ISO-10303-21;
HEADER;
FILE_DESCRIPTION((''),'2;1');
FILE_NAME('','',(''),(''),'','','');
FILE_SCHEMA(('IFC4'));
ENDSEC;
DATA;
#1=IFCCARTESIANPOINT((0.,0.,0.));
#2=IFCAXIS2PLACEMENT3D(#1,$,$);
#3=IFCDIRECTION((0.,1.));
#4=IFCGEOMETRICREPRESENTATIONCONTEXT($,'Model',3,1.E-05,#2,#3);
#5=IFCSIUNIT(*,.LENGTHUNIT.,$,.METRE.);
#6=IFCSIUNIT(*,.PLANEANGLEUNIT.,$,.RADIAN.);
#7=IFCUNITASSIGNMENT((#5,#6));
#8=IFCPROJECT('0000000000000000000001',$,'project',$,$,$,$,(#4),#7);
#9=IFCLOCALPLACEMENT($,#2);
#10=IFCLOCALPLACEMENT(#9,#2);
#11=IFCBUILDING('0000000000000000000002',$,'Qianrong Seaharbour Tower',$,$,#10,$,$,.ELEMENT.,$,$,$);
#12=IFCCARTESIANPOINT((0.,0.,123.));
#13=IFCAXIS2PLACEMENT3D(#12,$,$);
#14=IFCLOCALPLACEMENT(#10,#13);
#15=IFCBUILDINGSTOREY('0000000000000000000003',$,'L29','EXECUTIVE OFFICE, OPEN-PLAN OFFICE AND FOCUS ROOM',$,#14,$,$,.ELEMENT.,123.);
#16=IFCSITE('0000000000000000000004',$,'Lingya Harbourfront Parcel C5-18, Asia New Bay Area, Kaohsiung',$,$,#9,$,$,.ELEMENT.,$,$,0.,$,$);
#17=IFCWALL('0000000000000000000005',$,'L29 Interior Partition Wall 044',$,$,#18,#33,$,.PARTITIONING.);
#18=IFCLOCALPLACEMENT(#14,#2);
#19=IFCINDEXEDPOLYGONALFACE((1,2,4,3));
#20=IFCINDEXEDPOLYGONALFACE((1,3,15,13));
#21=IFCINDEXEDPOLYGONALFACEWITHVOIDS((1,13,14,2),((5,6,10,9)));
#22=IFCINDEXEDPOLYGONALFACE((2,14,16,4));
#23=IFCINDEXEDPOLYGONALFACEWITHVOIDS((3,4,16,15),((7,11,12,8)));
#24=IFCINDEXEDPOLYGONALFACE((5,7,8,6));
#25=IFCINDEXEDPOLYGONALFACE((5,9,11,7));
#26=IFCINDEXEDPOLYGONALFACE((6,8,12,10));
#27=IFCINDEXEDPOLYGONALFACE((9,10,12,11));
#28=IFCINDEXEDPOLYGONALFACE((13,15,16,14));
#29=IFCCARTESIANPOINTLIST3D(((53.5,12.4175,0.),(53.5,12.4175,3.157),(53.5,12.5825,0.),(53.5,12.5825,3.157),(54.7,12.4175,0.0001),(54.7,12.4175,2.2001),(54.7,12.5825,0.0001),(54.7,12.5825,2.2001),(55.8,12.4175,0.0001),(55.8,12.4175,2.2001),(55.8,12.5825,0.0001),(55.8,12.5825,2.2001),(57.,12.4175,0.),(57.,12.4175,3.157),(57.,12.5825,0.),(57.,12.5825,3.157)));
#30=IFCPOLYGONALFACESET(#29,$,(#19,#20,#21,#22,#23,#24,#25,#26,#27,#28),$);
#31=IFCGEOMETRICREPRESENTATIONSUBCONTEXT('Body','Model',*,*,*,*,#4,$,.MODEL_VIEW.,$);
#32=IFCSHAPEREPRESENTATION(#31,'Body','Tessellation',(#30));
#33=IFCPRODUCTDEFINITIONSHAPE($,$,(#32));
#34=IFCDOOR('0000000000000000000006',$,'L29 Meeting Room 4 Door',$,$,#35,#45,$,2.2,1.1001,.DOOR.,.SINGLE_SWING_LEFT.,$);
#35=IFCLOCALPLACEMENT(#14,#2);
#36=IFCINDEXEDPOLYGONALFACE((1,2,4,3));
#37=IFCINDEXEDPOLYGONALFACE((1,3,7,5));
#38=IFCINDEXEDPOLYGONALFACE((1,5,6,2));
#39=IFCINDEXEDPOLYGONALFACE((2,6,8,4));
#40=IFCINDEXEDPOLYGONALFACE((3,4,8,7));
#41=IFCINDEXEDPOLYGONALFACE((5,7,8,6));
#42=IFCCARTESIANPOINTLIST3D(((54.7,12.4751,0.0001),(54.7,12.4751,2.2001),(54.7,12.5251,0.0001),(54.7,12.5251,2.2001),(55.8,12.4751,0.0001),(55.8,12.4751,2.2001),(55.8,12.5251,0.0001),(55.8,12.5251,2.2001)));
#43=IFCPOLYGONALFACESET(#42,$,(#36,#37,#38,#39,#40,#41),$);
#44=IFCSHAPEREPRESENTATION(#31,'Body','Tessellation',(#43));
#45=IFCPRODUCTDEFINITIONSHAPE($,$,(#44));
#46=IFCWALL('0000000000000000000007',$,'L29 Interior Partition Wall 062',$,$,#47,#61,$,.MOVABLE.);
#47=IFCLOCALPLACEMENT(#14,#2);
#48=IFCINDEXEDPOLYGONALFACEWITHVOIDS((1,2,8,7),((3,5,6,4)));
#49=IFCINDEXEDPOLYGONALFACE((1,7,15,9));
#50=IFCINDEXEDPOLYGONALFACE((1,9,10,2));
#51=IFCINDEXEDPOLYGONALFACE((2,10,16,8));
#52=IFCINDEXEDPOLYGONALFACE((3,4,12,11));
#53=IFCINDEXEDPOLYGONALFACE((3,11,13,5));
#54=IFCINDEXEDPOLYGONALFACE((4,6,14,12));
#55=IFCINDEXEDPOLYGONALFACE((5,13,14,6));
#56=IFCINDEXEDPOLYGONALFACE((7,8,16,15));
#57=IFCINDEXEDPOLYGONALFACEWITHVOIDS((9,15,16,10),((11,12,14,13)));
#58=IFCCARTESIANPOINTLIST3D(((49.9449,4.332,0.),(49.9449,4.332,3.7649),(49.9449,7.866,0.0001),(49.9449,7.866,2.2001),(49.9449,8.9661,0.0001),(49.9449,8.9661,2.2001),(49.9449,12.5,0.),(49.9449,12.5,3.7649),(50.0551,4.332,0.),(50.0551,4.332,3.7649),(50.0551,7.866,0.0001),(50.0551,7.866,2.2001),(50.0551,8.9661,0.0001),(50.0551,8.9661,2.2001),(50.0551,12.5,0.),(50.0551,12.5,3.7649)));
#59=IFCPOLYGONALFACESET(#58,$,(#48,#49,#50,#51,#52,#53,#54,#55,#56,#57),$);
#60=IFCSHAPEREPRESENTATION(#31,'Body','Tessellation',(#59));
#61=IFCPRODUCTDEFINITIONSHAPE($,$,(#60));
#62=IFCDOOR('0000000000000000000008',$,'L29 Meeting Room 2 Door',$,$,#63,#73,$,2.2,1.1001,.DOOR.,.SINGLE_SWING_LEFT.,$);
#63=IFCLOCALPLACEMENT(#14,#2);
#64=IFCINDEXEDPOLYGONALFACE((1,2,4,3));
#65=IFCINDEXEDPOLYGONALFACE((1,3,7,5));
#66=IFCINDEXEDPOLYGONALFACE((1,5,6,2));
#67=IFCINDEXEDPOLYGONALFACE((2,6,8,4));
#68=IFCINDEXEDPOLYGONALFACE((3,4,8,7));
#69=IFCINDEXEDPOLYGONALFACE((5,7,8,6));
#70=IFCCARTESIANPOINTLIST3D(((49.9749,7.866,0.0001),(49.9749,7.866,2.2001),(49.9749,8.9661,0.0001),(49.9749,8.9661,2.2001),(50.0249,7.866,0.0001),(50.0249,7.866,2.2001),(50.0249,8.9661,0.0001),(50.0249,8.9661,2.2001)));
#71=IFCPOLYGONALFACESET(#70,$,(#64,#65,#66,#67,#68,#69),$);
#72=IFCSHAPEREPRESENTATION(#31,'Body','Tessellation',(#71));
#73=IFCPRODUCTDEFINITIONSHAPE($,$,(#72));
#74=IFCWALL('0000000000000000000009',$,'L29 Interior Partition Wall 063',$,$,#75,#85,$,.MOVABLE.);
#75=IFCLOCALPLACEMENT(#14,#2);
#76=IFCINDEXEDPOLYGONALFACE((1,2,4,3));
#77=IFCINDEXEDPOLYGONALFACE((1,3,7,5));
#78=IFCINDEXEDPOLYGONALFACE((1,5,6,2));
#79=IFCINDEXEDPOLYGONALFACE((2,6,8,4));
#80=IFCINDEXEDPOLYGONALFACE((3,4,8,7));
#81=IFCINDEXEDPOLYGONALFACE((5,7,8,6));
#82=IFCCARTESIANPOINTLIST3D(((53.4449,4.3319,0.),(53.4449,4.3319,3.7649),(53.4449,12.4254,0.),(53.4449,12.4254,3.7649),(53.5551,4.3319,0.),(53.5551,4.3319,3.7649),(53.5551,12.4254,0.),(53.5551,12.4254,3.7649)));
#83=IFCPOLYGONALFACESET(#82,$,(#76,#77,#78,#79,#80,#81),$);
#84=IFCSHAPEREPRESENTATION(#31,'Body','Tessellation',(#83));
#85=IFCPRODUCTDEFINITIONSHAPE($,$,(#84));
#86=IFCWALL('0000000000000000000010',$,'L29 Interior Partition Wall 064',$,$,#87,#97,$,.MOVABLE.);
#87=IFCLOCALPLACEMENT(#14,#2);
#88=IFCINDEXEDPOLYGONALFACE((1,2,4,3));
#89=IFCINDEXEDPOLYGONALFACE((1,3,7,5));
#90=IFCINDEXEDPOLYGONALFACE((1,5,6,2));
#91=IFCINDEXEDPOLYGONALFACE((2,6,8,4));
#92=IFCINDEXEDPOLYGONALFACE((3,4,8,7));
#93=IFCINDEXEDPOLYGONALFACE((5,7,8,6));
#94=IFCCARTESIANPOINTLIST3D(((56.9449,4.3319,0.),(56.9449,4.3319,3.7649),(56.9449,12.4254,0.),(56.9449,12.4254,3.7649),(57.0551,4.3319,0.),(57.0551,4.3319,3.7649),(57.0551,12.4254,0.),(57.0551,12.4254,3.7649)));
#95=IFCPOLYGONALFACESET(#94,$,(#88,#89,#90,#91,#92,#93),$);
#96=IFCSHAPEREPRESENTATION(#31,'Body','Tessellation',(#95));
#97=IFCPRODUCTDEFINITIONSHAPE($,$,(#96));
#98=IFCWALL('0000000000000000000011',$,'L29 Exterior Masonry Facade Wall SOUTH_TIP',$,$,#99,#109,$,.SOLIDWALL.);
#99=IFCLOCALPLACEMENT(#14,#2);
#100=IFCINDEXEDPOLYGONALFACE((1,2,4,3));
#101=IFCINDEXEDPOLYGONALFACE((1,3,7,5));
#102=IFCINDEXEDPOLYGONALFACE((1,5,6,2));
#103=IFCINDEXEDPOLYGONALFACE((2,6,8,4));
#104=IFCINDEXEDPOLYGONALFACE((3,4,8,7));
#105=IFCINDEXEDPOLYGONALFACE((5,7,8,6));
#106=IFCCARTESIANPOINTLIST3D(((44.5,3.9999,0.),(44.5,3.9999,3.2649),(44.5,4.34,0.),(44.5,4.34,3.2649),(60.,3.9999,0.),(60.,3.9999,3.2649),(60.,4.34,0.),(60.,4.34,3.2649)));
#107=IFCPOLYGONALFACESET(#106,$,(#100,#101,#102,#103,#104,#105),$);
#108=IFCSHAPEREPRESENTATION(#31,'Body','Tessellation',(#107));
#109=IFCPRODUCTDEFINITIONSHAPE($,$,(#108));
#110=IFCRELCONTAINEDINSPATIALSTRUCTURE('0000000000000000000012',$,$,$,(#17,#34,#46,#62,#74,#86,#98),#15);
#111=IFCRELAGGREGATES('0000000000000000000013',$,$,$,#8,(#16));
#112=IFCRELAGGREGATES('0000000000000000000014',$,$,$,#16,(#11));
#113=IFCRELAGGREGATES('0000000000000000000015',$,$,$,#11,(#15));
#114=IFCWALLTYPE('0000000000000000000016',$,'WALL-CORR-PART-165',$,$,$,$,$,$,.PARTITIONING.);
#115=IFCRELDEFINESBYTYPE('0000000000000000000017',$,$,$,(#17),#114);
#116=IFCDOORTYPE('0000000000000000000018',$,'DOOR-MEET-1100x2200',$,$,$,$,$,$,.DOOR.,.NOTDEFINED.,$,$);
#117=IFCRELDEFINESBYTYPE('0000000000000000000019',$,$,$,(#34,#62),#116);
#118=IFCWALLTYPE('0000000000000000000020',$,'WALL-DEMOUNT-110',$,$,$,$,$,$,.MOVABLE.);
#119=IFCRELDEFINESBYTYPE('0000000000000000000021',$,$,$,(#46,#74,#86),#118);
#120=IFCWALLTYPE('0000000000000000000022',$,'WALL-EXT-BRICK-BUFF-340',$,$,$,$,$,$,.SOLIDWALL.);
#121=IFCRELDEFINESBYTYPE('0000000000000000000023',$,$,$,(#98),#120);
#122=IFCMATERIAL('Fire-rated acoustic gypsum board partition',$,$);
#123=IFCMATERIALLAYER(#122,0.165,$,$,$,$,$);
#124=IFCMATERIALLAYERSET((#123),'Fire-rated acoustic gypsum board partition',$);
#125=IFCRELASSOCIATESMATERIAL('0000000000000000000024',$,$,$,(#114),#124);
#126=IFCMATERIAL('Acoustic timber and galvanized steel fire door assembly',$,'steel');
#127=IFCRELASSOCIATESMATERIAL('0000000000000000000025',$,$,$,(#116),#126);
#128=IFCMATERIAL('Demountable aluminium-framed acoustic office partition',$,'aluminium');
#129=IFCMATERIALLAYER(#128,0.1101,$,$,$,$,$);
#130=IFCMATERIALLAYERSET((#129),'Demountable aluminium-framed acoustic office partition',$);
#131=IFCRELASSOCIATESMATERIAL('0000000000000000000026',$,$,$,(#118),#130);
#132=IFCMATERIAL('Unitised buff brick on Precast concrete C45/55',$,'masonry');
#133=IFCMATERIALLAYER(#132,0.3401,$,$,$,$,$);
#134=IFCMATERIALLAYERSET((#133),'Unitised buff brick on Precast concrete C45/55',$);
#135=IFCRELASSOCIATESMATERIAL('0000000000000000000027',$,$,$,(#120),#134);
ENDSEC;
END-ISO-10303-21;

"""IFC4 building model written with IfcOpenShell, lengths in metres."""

from ifc_helpers import new_model, si_unit, direction, frame, frame_2d, origin, place, context, subcontext, project, spatial, rectangle, extrude, material, layer, layer_set, type_object, element, fill, save


model = new_model("IFC4")

# Units and contexts
model_context = context("Model", 3, precision=1e-05, world=origin(), true_north=direction((0.0, 1.0)))
body_context = subcontext(model_context, "Body", "Model", "MODEL_VIEW")
ifc_project = project(units=[si_unit("LENGTHUNIT", "METRE"), si_unit("PLANEANGLEUNIT", "RADIAN")], contexts=[model_context])

# Site, building, storey
site_placement = place(None, origin())
site = spatial("IfcSite", under=ifc_project, at=site_placement, Name="Lingya Harbourfront Parcel C5-18, Asia New Bay Area, Kaohsiung", CompositionType="ELEMENT", RefElevation=0.0)
building_placement = place(site_placement, origin())
building = spatial("IfcBuilding", under=site, at=building_placement, Name="Qianrong Seaharbour Tower", CompositionType="ELEMENT")
storey_placement = place(building_placement, frame((0.0, 0.0, 123.0)))
storey = spatial("IfcBuildingStorey", under=building, at=storey_placement, Name="L29", Description="EXECUTIVE OFFICE, OPEN-PLAN OFFICE AND FOCUS ROOM", CompositionType="ELEMENT", Elevation=123.0)

# Walls, openings, doors
ifc_material_1 = material(Name="Fire-rated acoustic gypsum board partition")
ifc_layer_1 = layer(ifc_material_1, 0.165)
ifc_layer_set_1 = layer_set([ifc_layer_1], Name="Fire-rated acoustic gypsum board partition")
wall_type_1 = type_object("IfcWallType", Name="WALL-CORR-PART-165", PredefinedType="PARTITIONING", material=ifc_layer_set_1)
ifc_material_2 = material(Name="Acoustic timber and galvanized steel fire door assembly", Category="steel")
wall_1_placement = place(storey_placement, frame((57.0, 12.5, 0.0), z_axis=(0.0, 0.0, 1.0), x_axis=(-1.0, 0.0, 0.0)))
wall_1 = element("IfcWall", 1, at=wall_1_placement, inside=storey, type_object=wall_type_1, Name="L29 Interior Partition Wall 044", PredefinedType="PARTITIONING", context=body_context, shape_type="SweptSolid", body=[
    extrude(rectangle(XDim=3.5, YDim=0.165, at=frame_2d((1.75, 0.0))), origin(), (0.0, 0.0, 1.0), 3.157),
])
opening_1_placement = place(wall_1_placement, frame((1.2, 0.0, 0.0)))
opening_1 = element("IfcOpeningElement", 2, at=opening_1_placement, cuts=wall_1, PredefinedType="OPENING", context=body_context, shape_type="SweptSolid", body=[
    extrude(rectangle(XDim=1.1001, YDim=2.2, at=frame_2d((0.55, 1.1001))), frame((0.0, 0.0925, 0.0), z_axis=(0.0, -1.0, 0.0), x_axis=(1.0, 0.0, 0.0)), (0.0, 0.0, 1.0), 0.1851),
])
door_type_1 = type_object("IfcDoorType", Name="DOOR-MEET-1100x2200", OperationType="NOTDEFINED", PredefinedType="DOOR", material=ifc_material_2)
door_1_placement = place(opening_1_placement, origin())
door_1 = element("IfcDoor", 3, at=door_1_placement, inside=storey, type_object=door_type_1, Name="L29 Meeting Room 4 Door", OperationType="SINGLE_SWING_LEFT", OverallHeight=2.2, OverallWidth=1.1001, PredefinedType="DOOR", context=body_context, shape_type="SweptSolid", body=[
    extrude(rectangle(XDim=1.1001, YDim=2.2, at=frame_2d((0.55, 1.1001))), frame((0.0, 0.0249, 0.0), z_axis=(0.0, -1.0, 0.0), x_axis=(1.0, 0.0, 0.0)), (0.0, 0.0, 1.0), 0.05),
])
fill(opening_1, door_1)
ifc_material_3 = material(Name="Demountable aluminium-framed acoustic office partition", Category="aluminium")
ifc_layer_2 = layer(ifc_material_3, 0.1101)
ifc_layer_set_2 = layer_set([ifc_layer_2], Name="Demountable aluminium-framed acoustic office partition")
wall_type_2 = type_object("IfcWallType", Name="WALL-DEMOUNT-110", PredefinedType="MOVABLE", material=ifc_layer_set_2)
wall_2_placement = place(storey_placement, frame((50.0, 12.5, 0.0), z_axis=(0.0, 0.0, 1.0), x_axis=(0.0, -1.0, 0.0)))
wall_2 = element("IfcWall", 4, at=wall_2_placement, inside=storey, type_object=wall_type_2, Name="L29 Interior Partition Wall 062", PredefinedType="MOVABLE", context=body_context, shape_type="SweptSolid", body=[
    extrude(rectangle(XDim=8.168, YDim=0.1101, at=frame_2d((4.084, 0.0))), origin(), (0.0, 0.0, 1.0), 3.7649),
])
opening_2_placement = place(wall_2_placement, frame((3.5339, 0.0, 0.0)))
opening_2 = element("IfcOpeningElement", 5, at=opening_2_placement, cuts=wall_2, PredefinedType="OPENING", context=body_context, shape_type="SweptSolid", body=[
    extrude(rectangle(XDim=1.1001, YDim=2.2, at=frame_2d((0.55, 1.1001))), frame((0.0, 0.0649, 0.0), z_axis=(0.0, -1.0, 0.0), x_axis=(1.0, 0.0, 0.0)), (0.0, 0.0, 1.0), 0.1301),
])
door_2_placement = place(opening_2_placement, origin())
door_2 = element("IfcDoor", 6, at=door_2_placement, inside=storey, type_object=door_type_1, Name="L29 Meeting Room 2 Door", OperationType="SINGLE_SWING_LEFT", OverallHeight=2.2, OverallWidth=1.1001, PredefinedType="DOOR", context=body_context, shape_type="SweptSolid", body=[
    extrude(rectangle(XDim=1.1001, YDim=2.2, at=frame_2d((0.55, 1.1001))), frame((0.0, 0.0249, 0.0), z_axis=(0.0, -1.0, 0.0), x_axis=(1.0, 0.0, 0.0)), (0.0, 0.0, 1.0), 0.05),
])
fill(opening_2, door_2)

# Walls
for number, where, z_axis, x_axis, name in (
    (7, (53.5, 12.4255, 0.0), (0.0, 0.0, 1.0), (0.0, -1.0, 0.0), "L29 Interior Partition Wall 063"),
    (8, (57.0, 12.4255, 0.0), (0.0, 0.0, 1.0), (0.0, -1.0, 0.0), "L29 Interior Partition Wall 064"),
):
    element("IfcWall", number, at=place(storey_placement, frame(where, z_axis=z_axis, x_axis=x_axis)), inside=storey, type_object=wall_type_2, Name=name, PredefinedType="MOVABLE", context=body_context, shape_type="SweptSolid", body=[
        extrude(rectangle(XDim=8.0935, YDim=0.1101, at=frame_2d((4.0469, 0.0))), origin(), (0.0, 0.0, 1.0), 3.7649),
    ])
ifc_material_4 = material(Name="Unitised buff brick on Precast concrete C45/55", Category="masonry")
ifc_layer_3 = layer(ifc_material_4, 0.3401)
ifc_layer_set_3 = layer_set([ifc_layer_3], Name="Unitised buff brick on Precast concrete C45/55")
wall_type_3 = type_object("IfcWallType", Name="WALL-EXT-BRICK-BUFF-340", PredefinedType="SOLIDWALL", material=ifc_layer_set_3)
wall_3_placement = place(storey_placement, frame((60.0, 4.1699, 0.0), z_axis=(0.0, 0.0, 1.0), x_axis=(-1.0, 0.0, 0.0)))
element("IfcWall", 9, at=wall_3_placement, inside=storey, type_object=wall_type_3, Name="L29 Exterior Masonry Facade Wall SOUTH_TIP", PredefinedType="SOLIDWALL", context=body_context, shape_type="SweptSolid", body=[
    extrude(rectangle(XDim=15.5, YDim=0.3401, at=frame_2d((7.75, 0.0))), origin(), (0.0, 0.0, 1.0), 3.2649),
])

save(model, "model.ifc")
